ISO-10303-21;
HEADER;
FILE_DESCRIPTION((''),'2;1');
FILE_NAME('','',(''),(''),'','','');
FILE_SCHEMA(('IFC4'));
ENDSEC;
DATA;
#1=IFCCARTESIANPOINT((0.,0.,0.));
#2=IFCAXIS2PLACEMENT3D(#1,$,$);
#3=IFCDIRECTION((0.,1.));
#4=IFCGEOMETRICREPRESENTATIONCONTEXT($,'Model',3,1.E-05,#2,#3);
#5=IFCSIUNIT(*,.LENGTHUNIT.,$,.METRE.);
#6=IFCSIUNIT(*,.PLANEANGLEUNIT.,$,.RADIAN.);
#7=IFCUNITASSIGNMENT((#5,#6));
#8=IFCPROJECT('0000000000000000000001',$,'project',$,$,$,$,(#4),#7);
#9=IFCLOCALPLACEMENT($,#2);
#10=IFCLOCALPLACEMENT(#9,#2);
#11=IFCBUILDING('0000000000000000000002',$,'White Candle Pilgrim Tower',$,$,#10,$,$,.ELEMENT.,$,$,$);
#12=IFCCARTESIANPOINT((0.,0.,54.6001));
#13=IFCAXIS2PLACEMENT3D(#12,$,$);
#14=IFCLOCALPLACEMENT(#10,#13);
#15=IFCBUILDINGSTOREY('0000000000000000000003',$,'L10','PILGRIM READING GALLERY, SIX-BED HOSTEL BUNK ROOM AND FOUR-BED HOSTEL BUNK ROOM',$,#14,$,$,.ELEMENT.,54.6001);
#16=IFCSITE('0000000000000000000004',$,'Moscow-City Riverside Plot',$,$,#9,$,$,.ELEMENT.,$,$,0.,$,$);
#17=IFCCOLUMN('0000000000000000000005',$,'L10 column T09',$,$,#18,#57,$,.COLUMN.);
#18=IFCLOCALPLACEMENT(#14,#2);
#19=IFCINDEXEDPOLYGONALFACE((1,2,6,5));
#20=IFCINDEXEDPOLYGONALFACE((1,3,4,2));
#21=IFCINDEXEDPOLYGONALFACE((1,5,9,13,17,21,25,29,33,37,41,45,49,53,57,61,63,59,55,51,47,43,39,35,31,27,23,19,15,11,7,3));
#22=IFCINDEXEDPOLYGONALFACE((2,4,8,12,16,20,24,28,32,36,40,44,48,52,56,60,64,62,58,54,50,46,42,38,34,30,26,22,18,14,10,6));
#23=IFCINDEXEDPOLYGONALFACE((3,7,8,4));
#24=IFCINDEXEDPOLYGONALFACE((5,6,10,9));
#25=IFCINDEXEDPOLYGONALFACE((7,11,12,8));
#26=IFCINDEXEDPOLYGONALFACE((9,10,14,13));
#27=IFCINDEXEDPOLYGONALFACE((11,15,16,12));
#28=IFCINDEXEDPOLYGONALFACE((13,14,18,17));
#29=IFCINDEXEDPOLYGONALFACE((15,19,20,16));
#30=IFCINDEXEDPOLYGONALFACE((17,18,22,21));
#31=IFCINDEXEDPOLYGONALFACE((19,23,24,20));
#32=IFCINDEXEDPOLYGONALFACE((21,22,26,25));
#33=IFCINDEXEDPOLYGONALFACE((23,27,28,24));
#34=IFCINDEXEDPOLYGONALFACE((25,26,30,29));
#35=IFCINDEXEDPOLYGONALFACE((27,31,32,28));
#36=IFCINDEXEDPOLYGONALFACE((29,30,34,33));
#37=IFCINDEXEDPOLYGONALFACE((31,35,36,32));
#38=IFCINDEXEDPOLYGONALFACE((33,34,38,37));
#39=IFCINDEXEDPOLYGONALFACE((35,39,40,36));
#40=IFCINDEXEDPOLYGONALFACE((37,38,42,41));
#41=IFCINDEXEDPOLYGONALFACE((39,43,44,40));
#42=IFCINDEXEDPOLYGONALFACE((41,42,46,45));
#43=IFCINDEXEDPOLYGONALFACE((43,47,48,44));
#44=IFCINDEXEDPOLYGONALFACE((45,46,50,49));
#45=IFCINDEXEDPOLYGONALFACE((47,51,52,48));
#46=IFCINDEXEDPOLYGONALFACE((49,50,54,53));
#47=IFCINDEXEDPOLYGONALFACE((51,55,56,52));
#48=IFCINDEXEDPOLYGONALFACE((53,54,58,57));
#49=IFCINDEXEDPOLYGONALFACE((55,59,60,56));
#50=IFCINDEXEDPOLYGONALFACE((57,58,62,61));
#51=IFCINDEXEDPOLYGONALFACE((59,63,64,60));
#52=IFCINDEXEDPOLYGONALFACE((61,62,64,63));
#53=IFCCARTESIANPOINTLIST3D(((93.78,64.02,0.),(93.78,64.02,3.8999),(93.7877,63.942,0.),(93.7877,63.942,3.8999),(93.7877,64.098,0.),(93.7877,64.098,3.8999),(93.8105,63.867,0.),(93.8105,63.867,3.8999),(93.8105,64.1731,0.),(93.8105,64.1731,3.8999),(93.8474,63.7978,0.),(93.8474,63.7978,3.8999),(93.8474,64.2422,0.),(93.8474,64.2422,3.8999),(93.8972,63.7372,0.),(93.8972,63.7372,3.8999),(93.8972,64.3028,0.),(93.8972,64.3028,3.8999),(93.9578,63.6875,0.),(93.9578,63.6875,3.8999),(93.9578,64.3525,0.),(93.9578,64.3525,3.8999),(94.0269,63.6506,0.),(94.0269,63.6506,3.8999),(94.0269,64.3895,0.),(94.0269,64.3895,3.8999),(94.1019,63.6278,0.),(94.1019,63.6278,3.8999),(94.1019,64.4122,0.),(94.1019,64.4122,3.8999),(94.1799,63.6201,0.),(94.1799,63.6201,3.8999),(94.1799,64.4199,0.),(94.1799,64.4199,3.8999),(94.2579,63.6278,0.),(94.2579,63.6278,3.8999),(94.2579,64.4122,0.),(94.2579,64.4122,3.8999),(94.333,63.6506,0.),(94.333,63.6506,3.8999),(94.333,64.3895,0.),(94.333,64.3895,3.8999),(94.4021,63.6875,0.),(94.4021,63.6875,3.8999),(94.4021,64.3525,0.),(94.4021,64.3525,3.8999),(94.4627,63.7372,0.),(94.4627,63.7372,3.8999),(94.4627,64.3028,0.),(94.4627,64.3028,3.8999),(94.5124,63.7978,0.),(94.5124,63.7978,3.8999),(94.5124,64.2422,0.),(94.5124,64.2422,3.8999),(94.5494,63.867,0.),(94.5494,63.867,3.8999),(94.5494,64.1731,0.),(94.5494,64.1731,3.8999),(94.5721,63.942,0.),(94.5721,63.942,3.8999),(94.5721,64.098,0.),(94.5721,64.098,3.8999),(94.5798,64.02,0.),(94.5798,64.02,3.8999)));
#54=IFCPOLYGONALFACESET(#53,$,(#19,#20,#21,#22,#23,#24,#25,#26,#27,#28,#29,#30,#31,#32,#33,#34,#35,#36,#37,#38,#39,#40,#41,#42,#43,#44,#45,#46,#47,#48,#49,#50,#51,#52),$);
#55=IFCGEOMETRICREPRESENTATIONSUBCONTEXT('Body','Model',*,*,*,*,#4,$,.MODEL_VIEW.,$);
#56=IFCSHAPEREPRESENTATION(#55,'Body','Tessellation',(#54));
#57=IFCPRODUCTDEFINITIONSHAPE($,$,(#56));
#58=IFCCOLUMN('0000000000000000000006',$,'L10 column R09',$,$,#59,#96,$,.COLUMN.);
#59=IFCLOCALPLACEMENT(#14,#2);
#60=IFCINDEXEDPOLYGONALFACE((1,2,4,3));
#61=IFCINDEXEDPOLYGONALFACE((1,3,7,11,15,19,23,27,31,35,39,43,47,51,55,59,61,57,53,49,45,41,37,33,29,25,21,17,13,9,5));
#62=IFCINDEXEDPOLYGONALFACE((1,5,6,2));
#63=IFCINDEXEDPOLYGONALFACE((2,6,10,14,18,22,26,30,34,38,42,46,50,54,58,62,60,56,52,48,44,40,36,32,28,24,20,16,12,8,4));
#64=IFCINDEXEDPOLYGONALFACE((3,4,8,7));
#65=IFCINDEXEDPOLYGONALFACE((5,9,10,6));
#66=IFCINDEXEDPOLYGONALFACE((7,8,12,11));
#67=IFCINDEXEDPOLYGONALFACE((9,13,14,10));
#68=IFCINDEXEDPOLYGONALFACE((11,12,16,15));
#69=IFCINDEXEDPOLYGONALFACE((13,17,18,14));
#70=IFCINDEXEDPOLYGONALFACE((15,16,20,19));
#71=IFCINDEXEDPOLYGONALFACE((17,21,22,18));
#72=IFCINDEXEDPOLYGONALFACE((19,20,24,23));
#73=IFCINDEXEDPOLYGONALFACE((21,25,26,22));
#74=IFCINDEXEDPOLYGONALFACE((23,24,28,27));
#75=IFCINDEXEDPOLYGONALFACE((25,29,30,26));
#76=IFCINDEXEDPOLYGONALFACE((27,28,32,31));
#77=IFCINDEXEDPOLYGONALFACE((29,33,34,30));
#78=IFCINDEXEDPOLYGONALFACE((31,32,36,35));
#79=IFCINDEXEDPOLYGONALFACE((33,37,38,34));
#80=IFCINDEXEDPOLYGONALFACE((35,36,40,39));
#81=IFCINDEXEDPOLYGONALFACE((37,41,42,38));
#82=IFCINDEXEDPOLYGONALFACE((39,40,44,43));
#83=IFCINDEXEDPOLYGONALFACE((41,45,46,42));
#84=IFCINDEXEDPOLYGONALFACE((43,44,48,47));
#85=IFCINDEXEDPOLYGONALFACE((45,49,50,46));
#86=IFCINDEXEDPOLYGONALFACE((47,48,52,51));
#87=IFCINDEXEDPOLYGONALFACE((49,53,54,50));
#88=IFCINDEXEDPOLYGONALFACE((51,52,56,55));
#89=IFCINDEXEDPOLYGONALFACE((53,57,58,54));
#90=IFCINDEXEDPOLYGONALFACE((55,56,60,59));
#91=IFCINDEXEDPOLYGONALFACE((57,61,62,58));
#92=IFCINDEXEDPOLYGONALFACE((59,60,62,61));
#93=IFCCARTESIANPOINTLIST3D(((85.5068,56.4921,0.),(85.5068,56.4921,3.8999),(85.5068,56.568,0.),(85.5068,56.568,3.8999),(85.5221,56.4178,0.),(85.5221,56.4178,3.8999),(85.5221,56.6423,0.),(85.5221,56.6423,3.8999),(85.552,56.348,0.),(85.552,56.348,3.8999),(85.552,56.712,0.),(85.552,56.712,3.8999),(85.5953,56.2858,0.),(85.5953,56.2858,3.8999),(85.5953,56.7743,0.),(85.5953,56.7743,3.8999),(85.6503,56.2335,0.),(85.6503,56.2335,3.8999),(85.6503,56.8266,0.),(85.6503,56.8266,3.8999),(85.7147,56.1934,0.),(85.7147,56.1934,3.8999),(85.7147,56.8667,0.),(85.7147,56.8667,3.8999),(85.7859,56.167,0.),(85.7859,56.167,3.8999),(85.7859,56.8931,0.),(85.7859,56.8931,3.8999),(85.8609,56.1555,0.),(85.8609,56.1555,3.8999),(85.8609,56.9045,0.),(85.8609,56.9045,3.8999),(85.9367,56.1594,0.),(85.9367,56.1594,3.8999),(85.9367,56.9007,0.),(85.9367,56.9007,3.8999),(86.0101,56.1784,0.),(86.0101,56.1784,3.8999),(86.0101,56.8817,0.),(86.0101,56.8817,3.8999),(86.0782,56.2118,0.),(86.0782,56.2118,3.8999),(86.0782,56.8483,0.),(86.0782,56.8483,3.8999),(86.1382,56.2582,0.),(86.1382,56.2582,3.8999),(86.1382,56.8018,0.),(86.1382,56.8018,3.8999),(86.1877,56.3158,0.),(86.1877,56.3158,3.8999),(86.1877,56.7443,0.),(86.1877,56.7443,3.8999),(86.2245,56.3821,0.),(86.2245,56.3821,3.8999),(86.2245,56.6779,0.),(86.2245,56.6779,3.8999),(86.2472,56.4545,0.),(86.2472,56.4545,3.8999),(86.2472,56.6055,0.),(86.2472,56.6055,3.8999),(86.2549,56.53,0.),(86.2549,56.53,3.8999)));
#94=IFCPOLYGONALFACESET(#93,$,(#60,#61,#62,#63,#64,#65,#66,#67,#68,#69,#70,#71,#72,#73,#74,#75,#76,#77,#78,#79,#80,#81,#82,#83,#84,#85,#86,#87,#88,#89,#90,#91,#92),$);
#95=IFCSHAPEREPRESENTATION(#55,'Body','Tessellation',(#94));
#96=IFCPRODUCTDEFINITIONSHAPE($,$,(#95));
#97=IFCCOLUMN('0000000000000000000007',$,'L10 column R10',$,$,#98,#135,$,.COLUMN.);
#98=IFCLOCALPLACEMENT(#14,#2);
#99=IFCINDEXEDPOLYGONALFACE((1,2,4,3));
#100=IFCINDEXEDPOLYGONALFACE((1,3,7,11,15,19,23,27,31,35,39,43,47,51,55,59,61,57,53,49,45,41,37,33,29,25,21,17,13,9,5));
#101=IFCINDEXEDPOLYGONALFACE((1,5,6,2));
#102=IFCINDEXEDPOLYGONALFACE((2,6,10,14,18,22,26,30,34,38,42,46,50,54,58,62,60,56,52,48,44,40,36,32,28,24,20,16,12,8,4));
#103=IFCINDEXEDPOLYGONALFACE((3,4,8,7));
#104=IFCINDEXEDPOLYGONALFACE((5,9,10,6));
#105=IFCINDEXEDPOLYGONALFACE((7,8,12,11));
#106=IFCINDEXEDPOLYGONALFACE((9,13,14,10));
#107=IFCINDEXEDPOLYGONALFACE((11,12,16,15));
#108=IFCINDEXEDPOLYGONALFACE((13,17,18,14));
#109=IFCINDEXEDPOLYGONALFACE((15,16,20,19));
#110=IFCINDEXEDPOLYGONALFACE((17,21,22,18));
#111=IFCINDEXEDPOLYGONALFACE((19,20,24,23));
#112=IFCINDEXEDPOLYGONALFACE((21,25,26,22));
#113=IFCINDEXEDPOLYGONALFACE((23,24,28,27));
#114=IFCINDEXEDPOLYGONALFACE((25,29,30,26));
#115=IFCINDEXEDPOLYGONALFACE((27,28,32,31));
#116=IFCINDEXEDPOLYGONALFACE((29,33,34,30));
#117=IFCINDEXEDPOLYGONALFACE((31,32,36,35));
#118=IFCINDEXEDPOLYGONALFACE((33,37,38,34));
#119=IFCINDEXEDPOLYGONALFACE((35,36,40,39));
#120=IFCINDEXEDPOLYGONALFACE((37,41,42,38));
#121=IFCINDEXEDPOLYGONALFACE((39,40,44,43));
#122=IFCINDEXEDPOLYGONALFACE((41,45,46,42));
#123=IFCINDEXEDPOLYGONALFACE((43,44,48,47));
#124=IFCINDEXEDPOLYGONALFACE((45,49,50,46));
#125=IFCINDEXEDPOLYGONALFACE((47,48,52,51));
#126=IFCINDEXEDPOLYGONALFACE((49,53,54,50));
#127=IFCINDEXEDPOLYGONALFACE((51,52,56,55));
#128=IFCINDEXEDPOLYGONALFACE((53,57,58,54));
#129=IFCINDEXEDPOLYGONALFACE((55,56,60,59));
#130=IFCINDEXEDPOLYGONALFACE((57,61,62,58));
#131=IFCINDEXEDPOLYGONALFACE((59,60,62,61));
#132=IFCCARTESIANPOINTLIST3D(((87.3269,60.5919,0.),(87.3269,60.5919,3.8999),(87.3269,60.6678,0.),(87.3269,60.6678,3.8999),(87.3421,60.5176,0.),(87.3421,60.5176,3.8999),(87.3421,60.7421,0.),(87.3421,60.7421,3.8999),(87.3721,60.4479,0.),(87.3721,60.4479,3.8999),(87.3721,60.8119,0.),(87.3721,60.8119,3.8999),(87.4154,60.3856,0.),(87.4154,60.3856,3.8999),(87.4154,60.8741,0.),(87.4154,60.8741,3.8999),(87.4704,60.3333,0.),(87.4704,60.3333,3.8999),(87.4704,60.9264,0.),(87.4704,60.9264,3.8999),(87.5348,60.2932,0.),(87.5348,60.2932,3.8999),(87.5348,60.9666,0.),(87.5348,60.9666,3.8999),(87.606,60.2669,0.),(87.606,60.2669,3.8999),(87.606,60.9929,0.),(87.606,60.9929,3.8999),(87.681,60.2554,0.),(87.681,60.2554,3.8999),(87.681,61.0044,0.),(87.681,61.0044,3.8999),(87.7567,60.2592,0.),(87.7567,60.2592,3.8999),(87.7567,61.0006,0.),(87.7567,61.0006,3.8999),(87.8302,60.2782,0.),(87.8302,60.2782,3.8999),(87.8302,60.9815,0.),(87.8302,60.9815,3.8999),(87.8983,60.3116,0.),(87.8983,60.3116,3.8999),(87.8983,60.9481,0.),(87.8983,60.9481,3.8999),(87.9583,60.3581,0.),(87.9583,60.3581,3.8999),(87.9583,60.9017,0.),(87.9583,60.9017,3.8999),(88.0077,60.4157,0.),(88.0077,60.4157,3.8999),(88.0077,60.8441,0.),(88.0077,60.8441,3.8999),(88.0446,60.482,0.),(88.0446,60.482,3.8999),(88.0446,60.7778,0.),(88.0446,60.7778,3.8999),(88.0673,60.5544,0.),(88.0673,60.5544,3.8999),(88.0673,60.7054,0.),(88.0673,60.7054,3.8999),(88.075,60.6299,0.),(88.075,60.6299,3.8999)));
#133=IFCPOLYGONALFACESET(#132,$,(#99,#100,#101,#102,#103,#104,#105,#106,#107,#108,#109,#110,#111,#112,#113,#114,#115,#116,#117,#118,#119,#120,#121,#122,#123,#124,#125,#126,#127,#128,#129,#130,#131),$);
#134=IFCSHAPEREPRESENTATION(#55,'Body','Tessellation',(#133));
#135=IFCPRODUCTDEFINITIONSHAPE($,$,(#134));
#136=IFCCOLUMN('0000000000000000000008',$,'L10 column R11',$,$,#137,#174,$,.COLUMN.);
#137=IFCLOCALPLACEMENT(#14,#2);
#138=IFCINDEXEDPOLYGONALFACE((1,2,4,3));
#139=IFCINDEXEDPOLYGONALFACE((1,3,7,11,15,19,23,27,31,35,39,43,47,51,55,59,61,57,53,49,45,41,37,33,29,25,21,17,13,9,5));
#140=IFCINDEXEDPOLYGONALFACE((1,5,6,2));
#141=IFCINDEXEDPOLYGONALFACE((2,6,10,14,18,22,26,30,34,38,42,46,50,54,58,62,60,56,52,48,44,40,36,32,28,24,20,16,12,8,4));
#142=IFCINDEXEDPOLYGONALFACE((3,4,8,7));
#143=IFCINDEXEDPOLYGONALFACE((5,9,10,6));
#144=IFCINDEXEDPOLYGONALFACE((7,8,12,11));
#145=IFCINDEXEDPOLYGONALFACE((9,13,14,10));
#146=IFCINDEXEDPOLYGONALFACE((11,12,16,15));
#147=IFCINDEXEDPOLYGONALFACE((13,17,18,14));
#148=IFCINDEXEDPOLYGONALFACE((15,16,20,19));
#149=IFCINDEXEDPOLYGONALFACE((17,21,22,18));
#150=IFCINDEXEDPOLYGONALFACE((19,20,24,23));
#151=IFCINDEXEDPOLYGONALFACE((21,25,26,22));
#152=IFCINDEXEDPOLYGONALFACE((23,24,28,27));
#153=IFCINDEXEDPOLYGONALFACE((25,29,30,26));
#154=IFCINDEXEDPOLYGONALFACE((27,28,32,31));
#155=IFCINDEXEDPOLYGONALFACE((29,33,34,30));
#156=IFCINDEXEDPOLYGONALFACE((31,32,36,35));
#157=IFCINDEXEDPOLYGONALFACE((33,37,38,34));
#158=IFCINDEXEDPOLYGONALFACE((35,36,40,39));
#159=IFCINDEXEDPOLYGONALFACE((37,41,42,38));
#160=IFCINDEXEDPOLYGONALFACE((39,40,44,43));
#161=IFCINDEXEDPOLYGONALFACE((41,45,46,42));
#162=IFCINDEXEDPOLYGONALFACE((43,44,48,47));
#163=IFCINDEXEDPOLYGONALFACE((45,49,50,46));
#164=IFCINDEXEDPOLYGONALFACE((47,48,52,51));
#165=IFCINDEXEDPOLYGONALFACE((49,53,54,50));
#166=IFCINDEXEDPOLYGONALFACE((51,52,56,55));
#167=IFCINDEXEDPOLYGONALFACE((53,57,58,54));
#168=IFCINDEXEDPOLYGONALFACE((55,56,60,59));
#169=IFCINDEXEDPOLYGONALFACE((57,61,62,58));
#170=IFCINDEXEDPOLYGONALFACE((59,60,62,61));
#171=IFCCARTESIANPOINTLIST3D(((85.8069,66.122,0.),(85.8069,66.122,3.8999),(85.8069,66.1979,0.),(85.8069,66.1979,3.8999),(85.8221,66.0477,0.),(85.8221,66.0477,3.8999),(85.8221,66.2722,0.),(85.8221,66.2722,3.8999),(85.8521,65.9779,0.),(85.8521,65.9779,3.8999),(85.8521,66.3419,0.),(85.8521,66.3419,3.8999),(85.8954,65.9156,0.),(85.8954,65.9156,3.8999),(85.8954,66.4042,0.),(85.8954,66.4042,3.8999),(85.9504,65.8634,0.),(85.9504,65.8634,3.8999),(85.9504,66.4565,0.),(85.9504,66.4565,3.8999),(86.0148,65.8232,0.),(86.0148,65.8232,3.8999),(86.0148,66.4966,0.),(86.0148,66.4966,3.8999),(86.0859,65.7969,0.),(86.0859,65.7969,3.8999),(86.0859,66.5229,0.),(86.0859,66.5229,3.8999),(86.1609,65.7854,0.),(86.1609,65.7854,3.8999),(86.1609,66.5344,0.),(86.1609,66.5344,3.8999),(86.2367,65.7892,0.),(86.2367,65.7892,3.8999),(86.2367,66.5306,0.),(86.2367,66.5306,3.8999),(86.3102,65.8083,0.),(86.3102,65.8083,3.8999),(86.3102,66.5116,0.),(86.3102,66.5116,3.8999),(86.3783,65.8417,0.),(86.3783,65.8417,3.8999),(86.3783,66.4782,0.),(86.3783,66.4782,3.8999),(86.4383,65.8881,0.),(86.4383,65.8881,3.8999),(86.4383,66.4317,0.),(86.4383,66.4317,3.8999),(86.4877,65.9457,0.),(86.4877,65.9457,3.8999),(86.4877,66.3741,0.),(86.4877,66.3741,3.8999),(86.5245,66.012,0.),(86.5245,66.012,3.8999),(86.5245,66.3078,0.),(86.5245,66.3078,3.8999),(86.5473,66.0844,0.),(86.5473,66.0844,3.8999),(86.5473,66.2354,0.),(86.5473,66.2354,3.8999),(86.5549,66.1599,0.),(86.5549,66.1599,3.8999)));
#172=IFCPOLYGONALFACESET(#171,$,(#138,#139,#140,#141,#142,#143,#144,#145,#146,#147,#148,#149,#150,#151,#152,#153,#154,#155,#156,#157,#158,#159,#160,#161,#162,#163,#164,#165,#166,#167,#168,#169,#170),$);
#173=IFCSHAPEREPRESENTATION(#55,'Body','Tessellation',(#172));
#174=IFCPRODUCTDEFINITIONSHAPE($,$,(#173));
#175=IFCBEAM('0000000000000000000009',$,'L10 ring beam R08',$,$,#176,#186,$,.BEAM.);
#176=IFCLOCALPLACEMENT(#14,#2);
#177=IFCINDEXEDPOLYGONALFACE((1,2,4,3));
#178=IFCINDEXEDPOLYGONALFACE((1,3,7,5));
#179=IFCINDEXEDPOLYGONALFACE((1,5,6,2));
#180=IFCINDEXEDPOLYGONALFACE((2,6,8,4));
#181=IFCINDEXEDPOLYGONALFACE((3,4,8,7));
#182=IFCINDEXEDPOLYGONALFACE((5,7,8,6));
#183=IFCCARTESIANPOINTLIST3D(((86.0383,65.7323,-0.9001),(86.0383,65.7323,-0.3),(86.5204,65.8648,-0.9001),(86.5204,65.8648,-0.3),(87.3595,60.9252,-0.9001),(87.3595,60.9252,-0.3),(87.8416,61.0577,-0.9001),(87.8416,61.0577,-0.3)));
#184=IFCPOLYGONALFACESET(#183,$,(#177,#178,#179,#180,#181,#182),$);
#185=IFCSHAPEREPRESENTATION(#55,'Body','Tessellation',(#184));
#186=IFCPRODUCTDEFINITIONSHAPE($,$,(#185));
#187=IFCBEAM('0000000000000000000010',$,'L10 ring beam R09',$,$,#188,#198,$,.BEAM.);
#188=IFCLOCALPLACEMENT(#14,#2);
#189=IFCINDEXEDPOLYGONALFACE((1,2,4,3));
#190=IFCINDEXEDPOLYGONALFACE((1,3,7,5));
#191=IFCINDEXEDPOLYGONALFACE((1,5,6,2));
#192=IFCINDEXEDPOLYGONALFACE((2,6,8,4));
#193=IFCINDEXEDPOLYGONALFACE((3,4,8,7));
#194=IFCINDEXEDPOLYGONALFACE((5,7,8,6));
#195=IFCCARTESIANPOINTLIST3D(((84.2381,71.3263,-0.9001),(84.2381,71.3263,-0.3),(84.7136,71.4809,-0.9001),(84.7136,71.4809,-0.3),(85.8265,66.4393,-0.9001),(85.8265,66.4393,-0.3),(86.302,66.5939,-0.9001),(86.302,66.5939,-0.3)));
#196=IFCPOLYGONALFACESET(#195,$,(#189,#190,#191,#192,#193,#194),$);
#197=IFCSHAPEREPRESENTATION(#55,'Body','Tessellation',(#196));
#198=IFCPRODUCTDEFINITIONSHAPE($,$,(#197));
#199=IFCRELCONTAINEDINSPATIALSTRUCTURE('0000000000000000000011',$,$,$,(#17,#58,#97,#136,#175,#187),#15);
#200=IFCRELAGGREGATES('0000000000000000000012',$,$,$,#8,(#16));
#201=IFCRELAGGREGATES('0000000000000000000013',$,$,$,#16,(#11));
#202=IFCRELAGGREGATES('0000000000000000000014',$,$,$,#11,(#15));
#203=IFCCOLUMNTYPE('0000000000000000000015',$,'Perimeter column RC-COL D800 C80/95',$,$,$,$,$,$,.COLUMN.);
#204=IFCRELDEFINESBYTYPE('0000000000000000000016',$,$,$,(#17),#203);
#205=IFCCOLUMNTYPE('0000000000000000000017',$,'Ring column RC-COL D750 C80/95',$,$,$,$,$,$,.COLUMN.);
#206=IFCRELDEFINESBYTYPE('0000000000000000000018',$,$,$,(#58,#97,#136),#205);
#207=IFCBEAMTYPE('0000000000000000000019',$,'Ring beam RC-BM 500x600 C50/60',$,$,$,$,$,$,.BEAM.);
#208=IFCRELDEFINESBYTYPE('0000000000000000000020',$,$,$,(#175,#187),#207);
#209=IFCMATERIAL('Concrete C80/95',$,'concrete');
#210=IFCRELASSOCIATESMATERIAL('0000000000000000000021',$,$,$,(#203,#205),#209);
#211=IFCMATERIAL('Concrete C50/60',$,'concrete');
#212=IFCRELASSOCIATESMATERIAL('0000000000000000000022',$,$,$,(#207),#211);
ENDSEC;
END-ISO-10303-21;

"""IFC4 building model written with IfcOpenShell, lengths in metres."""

from ifc_helpers import new_model, si_unit, direction, frame, origin, origin_2d, place, context, subcontext, project, spatial, rectangle, circle, extrude, material, material_profile, profile_set, type_object, element, save


model = new_model("IFC4")

# Units and contexts
model_context = context("Model", 3, precision=1e-05, world=origin(), true_north=direction((0.0, 1.0)))
body_context = subcontext(model_context, "Body", "Model", "MODEL_VIEW")
ifc_project = project(units=[si_unit("LENGTHUNIT", "METRE"), si_unit("PLANEANGLEUNIT", "RADIAN")], contexts=[model_context])

# Site, building, storey
site_placement = place(None, origin())
site = spatial("IfcSite", under=ifc_project, at=site_placement, Name="Moscow-City Riverside Plot", CompositionType="ELEMENT", RefElevation=0.0)
building_placement = place(site_placement, origin())
building = spatial("IfcBuilding", under=site, at=building_placement, Name="White Candle Pilgrim Tower", CompositionType="ELEMENT")
storey_placement = place(building_placement, frame((0.0, 0.0, 54.6001)))
storey = spatial("IfcBuildingStorey", under=building, at=storey_placement, Name="L10", Description="PILGRIM READING GALLERY, SIX-BED HOSTEL BUNK ROOM AND FOUR-BED HOSTEL BUNK ROOM", CompositionType="ELEMENT", Elevation=54.6001)

# Columns
ifc_material_1 = material(Name="Concrete C80/95", Category="concrete")
ifc_material_profile_1 = material_profile(ifc_material_1, circle(Radius=0.3999, at=origin_2d()), Name="RC-COL D800")
ifc_profile_set_1 = profile_set([ifc_material_profile_1], Name="Concrete C80/95")
column_type_1 = type_object("IfcColumnType", Name="Perimeter column RC-COL D800 C80/95", PredefinedType="COLUMN", material=ifc_profile_set_1)
column_placement = place(storey_placement, frame((94.1799, 64.02, 0.0), z_axis=(0.0, 0.0, 1.0), x_axis=(1.0, 0.0, 0.0)))
element("IfcColumn", 1, at=column_placement, inside=storey, type_object=column_type_1, Name="L10 column T09", PredefinedType="COLUMN", context=body_context, shape_type="SweptSolid", body=[
    extrude(circle(Radius=0.3999, at=origin_2d()), origin(), (0.0, 0.0, 1.0), 3.8999),
])
ifc_material_profile_2 = material_profile(ifc_material_1, circle(Radius=0.375, at=origin_2d()), Name="RC-COL D750")
ifc_profile_set_2 = profile_set([ifc_material_profile_2], Name="Concrete C80/95")
column_type_2 = type_object("IfcColumnType", Name="Ring column RC-COL D750 C80/95", PredefinedType="COLUMN", material=ifc_profile_set_2)
for number, where, z_axis, x_axis, name in (
    (2, (85.8799, 56.53, 0.0), (0.0, 0.0, 1.0), (1.0, 0.0, 0.0), "L10 column R09"),
    (3, (87.7, 60.6299, 0.0), (0.0, 0.0, 1.0), (1.0, 0.0, 0.0), "L10 column R10"),
    (4, (86.1799, 66.1599, 0.0), (0.0, 0.0, 1.0), (1.0, 0.0, 0.0), "L10 column R11"),
):
    element("IfcColumn", number, at=place(storey_placement, frame(where, z_axis=z_axis, x_axis=x_axis)), inside=storey, type_object=column_type_2, Name=name, PredefinedType="COLUMN", context=body_context, shape_type="SweptSolid", body=[
        extrude(circle(Radius=0.375, at=origin_2d()), origin(), (0.0, 0.0, 1.0), 3.8999),
    ])

# Beams
ifc_material_2 = material(Name="Concrete C50/60", Category="concrete")
ifc_material_profile_3 = material_profile(ifc_material_2, rectangle(XDim=0.5, YDim=0.6001, at=origin_2d()), Name="RC-BM 500x600")
ifc_profile_set_3 = profile_set([ifc_material_profile_3], Name="Concrete C50/60")
beam_type_1 = type_object("IfcBeamType", Name="Ring beam RC-BM 500x600 C50/60", PredefinedType="BEAM", material=ifc_profile_set_3)
beam_1_placement = place(storey_placement, frame((87.6006, 60.9915, -0.6001), z_axis=(-0.265031, 0.96424, 0.0), x_axis=(-0.96424, -0.265031, 0.0)))
element("IfcBeam", 5, at=beam_1_placement, inside=storey, type_object=beam_type_1, Name="L10 ring beam R08", PredefinedType="BEAM", context=body_context, shape_type="SweptSolid", body=[
    extrude(rectangle(XDim=0.5, YDim=0.6001, at=origin_2d()), origin(), (0.0, 0.0, 1.0), 4.9854),
])
beam_2_placement = place(storey_placement, frame((86.0642, 66.5166, -0.6001), z_axis=(-0.309106, 0.951027, 0.0), x_axis=(-0.951027, -0.309106, 0.0)))
element("IfcBeam", 6, at=beam_2_placement, inside=storey, type_object=beam_type_1, Name="L10 ring beam R09", PredefinedType="BEAM", context=body_context, shape_type="SweptSolid", body=[
    extrude(rectangle(XDim=0.5, YDim=0.6001, at=origin_2d()), origin(), (0.0, 0.0, 1.0), 5.1387),
])

save(model, "model.ifc")
